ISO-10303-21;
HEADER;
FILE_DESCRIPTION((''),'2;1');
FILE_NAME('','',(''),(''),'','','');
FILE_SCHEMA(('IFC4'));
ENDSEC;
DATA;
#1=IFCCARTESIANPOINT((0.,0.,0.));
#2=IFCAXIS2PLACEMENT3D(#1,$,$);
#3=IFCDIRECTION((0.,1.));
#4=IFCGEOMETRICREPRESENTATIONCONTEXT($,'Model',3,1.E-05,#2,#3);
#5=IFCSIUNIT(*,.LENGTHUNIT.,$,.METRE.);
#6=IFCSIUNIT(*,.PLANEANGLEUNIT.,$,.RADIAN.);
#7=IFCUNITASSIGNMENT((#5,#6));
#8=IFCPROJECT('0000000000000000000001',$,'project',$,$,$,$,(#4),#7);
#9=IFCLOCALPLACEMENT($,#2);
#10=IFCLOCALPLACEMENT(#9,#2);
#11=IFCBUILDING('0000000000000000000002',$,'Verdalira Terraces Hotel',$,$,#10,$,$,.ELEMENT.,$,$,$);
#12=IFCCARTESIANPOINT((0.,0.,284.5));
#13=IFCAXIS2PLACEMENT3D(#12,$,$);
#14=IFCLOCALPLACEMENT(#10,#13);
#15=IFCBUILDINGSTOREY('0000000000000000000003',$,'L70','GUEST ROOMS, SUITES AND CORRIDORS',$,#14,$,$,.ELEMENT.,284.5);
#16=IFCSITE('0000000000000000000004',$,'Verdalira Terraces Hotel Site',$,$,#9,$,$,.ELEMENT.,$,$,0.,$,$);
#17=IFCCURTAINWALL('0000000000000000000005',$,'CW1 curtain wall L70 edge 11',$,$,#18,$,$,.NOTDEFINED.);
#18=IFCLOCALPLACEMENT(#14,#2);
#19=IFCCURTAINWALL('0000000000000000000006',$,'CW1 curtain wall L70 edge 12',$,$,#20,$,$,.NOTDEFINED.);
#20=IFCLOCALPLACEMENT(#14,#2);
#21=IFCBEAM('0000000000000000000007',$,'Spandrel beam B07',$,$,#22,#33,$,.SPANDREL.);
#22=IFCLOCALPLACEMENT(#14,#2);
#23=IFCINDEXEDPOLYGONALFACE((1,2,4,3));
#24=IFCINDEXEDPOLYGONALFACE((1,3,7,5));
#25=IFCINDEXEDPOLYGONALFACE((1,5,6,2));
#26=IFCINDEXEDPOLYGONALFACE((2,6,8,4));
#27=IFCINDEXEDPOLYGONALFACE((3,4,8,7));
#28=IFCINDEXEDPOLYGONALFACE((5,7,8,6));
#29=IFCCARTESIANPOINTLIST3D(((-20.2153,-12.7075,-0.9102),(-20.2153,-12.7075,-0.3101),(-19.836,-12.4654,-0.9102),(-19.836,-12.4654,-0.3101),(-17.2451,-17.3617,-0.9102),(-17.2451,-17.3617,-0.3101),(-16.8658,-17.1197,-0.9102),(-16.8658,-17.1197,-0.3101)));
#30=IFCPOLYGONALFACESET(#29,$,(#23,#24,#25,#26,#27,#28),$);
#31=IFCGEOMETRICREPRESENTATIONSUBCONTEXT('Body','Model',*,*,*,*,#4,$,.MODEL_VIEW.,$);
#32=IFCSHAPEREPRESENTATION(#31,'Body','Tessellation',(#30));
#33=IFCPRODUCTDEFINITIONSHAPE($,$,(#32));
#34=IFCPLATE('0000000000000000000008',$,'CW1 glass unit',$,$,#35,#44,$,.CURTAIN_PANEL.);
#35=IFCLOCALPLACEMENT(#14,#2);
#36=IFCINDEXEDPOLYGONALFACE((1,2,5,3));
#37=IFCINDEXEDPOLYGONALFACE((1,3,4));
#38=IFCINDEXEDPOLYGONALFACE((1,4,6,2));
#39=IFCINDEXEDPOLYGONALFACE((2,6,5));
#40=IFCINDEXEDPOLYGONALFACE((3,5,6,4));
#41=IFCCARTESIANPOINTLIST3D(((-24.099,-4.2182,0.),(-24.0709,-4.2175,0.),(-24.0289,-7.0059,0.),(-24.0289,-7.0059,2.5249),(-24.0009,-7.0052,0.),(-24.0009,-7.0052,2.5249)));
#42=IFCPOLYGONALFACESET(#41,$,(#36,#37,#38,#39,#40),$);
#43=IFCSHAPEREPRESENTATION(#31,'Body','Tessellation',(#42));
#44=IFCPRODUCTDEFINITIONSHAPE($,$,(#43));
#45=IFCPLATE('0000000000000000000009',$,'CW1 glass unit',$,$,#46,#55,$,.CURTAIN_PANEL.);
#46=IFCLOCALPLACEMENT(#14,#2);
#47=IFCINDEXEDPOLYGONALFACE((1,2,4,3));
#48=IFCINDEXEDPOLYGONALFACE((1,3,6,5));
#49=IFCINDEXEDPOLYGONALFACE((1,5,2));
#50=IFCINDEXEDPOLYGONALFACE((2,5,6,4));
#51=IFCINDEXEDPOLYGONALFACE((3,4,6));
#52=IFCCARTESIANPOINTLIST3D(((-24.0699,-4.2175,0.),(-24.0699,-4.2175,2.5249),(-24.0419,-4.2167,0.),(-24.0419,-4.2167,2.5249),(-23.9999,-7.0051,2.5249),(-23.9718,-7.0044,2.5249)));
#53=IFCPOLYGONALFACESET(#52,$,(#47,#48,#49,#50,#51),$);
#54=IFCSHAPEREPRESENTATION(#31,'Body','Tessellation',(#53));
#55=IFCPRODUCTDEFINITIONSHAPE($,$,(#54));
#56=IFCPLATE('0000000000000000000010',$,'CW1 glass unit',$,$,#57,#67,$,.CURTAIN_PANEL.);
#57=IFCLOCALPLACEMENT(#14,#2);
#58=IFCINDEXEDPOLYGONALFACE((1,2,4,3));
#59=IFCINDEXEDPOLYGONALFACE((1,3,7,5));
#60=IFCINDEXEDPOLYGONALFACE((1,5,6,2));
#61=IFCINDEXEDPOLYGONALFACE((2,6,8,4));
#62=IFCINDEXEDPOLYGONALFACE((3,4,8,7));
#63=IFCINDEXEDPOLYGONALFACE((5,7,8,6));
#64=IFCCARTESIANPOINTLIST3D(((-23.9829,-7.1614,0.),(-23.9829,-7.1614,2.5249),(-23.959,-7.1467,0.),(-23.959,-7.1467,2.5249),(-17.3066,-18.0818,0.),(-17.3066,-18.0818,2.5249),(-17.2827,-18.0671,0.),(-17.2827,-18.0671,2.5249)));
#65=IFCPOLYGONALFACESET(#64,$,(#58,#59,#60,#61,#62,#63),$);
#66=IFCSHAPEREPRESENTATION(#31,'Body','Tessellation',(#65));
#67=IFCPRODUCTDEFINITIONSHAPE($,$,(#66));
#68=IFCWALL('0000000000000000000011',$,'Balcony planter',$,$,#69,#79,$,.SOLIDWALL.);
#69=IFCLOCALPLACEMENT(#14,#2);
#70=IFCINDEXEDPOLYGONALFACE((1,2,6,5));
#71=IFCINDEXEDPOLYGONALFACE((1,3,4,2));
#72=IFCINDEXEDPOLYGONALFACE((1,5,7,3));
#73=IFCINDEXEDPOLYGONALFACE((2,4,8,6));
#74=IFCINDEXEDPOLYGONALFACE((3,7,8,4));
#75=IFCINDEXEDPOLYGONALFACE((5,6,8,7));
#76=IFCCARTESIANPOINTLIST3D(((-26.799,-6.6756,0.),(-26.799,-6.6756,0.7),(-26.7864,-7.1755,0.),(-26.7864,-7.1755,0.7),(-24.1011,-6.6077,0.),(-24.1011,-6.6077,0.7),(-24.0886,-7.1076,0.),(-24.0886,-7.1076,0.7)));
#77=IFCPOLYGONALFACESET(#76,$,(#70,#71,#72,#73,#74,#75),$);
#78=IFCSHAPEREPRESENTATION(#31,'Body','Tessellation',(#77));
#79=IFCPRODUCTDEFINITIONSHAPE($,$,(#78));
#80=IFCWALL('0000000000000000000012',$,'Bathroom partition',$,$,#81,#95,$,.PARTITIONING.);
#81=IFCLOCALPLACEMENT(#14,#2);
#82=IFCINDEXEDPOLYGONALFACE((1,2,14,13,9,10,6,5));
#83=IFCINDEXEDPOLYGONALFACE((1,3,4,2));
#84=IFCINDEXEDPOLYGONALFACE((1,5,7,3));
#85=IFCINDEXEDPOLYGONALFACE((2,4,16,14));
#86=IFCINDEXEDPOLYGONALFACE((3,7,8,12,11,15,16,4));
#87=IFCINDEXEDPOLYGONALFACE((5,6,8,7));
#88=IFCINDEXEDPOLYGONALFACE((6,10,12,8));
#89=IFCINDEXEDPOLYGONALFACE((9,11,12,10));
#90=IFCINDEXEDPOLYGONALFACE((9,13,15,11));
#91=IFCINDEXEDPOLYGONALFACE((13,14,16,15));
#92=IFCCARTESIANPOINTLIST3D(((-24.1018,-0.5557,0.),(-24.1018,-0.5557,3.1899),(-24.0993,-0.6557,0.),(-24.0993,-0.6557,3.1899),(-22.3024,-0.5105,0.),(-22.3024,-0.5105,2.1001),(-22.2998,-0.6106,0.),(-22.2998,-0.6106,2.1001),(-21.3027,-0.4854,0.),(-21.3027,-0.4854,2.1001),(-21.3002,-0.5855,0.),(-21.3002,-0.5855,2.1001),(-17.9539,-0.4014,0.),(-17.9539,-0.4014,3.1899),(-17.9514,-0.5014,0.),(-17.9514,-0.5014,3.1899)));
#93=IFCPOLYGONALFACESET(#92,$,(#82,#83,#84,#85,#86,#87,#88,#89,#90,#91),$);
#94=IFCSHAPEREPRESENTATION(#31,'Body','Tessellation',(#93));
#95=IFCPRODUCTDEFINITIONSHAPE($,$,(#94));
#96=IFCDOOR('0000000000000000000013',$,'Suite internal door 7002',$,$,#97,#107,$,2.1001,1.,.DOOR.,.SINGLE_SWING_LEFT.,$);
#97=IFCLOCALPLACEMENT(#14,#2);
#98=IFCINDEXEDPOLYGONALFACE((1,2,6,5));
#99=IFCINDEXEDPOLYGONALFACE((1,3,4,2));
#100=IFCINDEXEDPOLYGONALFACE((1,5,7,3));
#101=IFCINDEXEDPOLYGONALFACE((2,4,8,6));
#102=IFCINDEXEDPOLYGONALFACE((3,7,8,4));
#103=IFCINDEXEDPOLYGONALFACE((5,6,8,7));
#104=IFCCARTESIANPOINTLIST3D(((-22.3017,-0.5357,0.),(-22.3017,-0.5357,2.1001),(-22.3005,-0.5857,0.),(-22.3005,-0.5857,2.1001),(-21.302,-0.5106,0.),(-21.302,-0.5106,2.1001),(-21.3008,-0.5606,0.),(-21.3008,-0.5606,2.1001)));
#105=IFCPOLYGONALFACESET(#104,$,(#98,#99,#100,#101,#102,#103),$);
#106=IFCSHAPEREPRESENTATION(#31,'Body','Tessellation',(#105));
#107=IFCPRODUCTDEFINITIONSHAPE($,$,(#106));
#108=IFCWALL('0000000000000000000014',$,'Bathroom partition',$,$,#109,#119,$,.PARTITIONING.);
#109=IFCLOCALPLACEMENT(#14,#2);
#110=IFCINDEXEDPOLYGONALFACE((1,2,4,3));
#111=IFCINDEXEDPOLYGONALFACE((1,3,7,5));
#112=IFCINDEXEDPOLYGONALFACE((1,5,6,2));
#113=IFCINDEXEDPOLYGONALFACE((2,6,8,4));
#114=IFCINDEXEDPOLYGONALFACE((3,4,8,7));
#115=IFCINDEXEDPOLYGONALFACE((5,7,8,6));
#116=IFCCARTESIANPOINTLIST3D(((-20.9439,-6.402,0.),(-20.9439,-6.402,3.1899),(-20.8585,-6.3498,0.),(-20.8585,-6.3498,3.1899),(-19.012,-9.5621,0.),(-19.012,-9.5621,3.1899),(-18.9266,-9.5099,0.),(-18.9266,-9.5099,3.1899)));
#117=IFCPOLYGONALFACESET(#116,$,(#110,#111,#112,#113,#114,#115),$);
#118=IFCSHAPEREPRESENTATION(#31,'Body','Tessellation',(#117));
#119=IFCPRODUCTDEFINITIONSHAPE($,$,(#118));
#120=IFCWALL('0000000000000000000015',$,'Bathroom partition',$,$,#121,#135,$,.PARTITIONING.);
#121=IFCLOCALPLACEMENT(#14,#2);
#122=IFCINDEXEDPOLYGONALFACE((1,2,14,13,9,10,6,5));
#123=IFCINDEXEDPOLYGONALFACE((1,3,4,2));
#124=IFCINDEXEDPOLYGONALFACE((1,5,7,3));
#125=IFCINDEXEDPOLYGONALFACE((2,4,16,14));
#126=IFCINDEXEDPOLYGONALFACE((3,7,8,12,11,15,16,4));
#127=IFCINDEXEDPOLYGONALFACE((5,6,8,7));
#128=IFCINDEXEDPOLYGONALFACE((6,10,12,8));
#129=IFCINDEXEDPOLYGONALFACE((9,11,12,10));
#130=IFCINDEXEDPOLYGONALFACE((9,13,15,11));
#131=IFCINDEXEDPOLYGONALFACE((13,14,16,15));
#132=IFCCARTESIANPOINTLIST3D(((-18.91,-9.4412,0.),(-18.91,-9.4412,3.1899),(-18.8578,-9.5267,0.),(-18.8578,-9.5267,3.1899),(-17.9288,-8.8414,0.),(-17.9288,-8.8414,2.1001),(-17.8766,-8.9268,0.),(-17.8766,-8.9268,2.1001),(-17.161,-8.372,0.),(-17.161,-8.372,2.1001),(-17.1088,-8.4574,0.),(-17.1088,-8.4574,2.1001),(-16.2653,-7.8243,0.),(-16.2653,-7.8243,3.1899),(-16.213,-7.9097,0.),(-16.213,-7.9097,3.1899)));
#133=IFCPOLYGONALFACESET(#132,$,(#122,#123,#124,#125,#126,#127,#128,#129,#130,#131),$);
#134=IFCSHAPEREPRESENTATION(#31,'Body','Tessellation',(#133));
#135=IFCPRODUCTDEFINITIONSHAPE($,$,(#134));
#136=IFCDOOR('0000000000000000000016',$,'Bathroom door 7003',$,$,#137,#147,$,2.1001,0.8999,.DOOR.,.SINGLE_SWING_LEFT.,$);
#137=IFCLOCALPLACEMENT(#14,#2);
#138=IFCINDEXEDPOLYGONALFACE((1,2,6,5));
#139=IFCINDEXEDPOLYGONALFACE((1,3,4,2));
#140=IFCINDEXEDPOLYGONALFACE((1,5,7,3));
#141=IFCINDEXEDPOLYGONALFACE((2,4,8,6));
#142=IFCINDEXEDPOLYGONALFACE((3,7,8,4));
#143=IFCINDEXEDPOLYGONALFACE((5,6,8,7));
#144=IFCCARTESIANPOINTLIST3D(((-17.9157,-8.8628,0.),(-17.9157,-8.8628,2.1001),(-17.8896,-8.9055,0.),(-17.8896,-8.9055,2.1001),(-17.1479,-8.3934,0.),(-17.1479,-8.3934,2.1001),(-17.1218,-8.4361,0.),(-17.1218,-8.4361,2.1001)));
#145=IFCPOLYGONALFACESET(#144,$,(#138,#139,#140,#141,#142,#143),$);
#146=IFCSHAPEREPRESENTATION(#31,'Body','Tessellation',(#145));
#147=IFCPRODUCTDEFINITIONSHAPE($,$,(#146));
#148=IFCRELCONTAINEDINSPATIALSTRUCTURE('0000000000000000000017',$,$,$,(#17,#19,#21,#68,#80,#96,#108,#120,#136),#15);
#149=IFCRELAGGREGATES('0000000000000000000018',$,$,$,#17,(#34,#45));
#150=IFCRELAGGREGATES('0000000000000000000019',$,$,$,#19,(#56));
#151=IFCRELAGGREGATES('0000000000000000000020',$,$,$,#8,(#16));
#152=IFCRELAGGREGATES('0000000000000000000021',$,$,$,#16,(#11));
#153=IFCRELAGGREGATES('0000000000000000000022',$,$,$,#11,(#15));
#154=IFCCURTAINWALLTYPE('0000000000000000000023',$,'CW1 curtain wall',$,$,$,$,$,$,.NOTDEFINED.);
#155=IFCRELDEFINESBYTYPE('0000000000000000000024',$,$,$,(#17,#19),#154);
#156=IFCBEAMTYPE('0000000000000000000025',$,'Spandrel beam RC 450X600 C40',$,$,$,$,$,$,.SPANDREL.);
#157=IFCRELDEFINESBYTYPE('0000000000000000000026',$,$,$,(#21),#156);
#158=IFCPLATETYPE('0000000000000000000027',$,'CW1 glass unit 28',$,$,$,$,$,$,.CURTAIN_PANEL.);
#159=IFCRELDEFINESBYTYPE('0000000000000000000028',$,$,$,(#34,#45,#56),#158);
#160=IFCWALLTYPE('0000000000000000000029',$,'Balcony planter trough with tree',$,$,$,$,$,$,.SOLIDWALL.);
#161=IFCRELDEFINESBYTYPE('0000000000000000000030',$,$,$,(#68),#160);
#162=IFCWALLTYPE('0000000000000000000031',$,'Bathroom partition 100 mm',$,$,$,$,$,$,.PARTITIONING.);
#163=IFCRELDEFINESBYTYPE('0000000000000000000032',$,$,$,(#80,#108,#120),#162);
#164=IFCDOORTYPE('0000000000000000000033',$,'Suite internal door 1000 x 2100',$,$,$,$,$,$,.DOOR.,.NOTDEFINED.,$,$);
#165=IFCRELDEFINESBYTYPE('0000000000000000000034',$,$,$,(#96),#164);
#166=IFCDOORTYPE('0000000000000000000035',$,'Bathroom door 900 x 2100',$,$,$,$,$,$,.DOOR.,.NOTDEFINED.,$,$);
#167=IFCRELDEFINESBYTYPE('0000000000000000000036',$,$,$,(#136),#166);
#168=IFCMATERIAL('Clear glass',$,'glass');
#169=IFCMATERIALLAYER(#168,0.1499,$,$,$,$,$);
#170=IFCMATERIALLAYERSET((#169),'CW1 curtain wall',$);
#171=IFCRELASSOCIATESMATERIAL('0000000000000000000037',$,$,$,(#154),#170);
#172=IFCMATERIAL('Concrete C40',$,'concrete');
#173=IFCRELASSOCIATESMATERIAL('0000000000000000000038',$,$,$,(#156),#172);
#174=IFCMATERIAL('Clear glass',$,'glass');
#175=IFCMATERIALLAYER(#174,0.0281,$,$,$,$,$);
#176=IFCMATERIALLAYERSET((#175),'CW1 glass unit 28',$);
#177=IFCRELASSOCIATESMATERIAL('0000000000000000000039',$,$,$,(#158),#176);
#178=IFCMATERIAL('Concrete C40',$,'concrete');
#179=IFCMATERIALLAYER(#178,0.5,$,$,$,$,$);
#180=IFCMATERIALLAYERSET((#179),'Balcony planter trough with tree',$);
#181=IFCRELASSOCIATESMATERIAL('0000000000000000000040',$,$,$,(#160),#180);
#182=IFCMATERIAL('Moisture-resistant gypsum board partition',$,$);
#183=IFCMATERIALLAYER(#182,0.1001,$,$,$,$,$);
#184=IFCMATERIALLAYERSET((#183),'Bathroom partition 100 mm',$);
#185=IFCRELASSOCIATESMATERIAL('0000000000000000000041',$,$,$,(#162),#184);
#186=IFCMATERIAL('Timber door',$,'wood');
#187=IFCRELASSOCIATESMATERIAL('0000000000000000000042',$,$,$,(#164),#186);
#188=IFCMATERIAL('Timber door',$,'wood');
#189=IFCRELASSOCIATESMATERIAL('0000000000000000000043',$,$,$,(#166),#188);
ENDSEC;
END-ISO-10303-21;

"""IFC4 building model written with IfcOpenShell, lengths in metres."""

from ifc_helpers import new_model, si_unit, direction, frame, frame_2d, origin, origin_2d, place, context, subcontext, project, spatial, polyline, rectangle, outline, extrude, material, layer, layer_set, material_profile, profile_set, type_object, element, fill, aggregate, save


model = new_model("IFC4")

# Units and contexts
model_context = context("Model", 3, precision=1e-05, world=origin(), true_north=direction((0.0, 1.0)))
body_context = subcontext(model_context, "Body", "Model", "MODEL_VIEW")
ifc_project = project(units=[si_unit("LENGTHUNIT", "METRE"), si_unit("PLANEANGLEUNIT", "RADIAN")], contexts=[model_context])

# Site, building, storey
site_placement = place(None, origin())
site = spatial("IfcSite", under=ifc_project, at=site_placement, Name="Verdalira Terraces Hotel Site", CompositionType="ELEMENT", RefElevation=0.0)
building_placement = place(site_placement, origin())
building = spatial("IfcBuilding", under=site, at=building_placement, Name="Verdalira Terraces Hotel", CompositionType="ELEMENT")
storey_placement = place(building_placement, frame((0.0, 0.0, 284.5)))
storey = spatial("IfcBuildingStorey", under=building, at=storey_placement, Name="L70", Description="GUEST ROOMS, SUITES AND CORRIDORS", CompositionType="ELEMENT", Elevation=284.5)

# Curtain wall
ifc_material_1 = material(Name="Clear glass", Category="glass")
ifc_layer_1 = layer(ifc_material_1, 0.1499)
ifc_layer_set_1 = layer_set([ifc_layer_1], Name="CW1 curtain wall")
curtain_wall_type = type_object("IfcCurtainWallType", Name="CW1 curtain wall", PredefinedType="NOTDEFINED", material=ifc_layer_set_1)
curtain_wall_1_placement = place(storey_placement, origin())
curtain_wall_1 = element("IfcCurtainWall", 1, at=curtain_wall_1_placement, inside=storey, type_object=curtain_wall_type, Name="CW1 curtain wall L70 edge 11", PredefinedType="NOTDEFINED")

# Curtain wall
curtain_wall_2_placement = place(storey_placement, origin())
curtain_wall_2 = element("IfcCurtainWall", 2, at=curtain_wall_2_placement, inside=storey, type_object=curtain_wall_type, Name="CW1 curtain wall L70 edge 12", PredefinedType="NOTDEFINED")

# Beam
ifc_material_2 = material(Name="Concrete C40", Category="concrete")
ifc_material_profile_1 = material_profile(ifc_material_2, rectangle(XDim=0.45, YDim=0.6001, at=origin_2d()), Name="RC 450X600")
ifc_profile_set_1 = profile_set([ifc_material_profile_1], Name="Concrete C40")
beam_type_1 = type_object("IfcBeamType", Name="Spandrel beam RC 450X600 C40", PredefinedType="SPANDREL", material=ifc_profile_set_1)
beam_1_placement = place(storey_placement, frame((-20.0256, -12.5864, -0.6101), z_axis=(0.537957, -0.842973, 0.0), x_axis=(0.842973, 0.537957, 0.0)))
element("IfcBeam", 3, at=beam_1_placement, inside=storey, type_object=beam_type_1, Name="Spandrel beam B07", PredefinedType="SPANDREL", context=body_context, shape_type="SweptSolid", body=[
    extrude(rectangle(XDim=0.45, YDim=0.6001, at=origin_2d()), origin(), (0.0, 0.0, 1.0), 5.5212),
])

# Plates
ifc_material_3 = material(Name="Clear glass", Category="glass")
ifc_layer_2 = layer(ifc_material_3, 0.0281)
ifc_layer_set_2 = layer_set([ifc_layer_2], Name="CW1 glass unit 28")
plate_type = type_object("IfcPlateType", Name="CW1 glass unit 28", PredefinedType="CURTAIN_PANEL", material=ifc_layer_set_2)
plate_1_placement = place(storey_placement, frame((-24.0359, -5.6113, 1.2625), z_axis=(-0.999684, -0.02513, 0.0), x_axis=(0.02513, -0.999684, 0.0)))
plate_1 = element("IfcPlate", 4, at=plate_1_placement, type_object=plate_type, Name="CW1 glass unit", PredefinedType="CURTAIN_PANEL", context=body_context, shape_type="SweptSolid", body=[
    extrude(outline(polyline([(-1.3943, -1.2625), (1.3943, -1.2625), (1.3943, 1.2625), (-1.3943, -1.2625)])), origin(), (0.0, 0.0, 1.0), 0.0281),
])
plate_2_placement = place(storey_placement, frame((-24.0068, -5.6106, 1.2625), z_axis=(-0.999684, -0.02513, 0.0), x_axis=(0.02513, -0.999684, 0.0)))
plate_2 = element("IfcPlate", 5, at=plate_2_placement, type_object=plate_type, Name="CW1 glass unit", PredefinedType="CURTAIN_PANEL", context=body_context, shape_type="SweptSolid", body=[
    extrude(outline(polyline([(-1.3943, -1.2625), (1.3943, 1.2625), (-1.3943, 1.2625), (-1.3943, -1.2625)])), origin(), (0.0, 0.0, 1.0), 0.0281),
])
aggregate(curtain_wall_1, [plate_1, plate_2])
plate_3_placement = place(storey_placement, frame((-20.6328, -12.6143, 0.0), z_axis=(0.0, 0.0, 1.0), x_axis=(0.521605, -0.853187, 0.0)))
plate_3 = element("IfcPlate", 6, at=plate_3_placement, type_object=plate_type, Name="CW1 glass unit", PredefinedType="CURTAIN_PANEL", context=body_context, shape_type="SweptSolid", body=[
    extrude(rectangle(XDim=12.7996, YDim=0.0281, at=origin_2d()), origin(), (0.0, 0.0, 1.0), 2.5249),
])
aggregate(curtain_wall_2, [plate_3])

# Wall
ifc_material_4 = material(Name="Concrete C40", Category="concrete")
ifc_layer_3 = layer(ifc_material_4, 0.5)
ifc_layer_set_3 = layer_set([ifc_layer_3], Name="Balcony planter trough with tree")
wall_type_1 = type_object("IfcWallType", Name="Balcony planter trough with tree", PredefinedType="SOLIDWALL", material=ifc_layer_set_3)
wall_1_placement = place(storey_placement, frame((-26.7927, -6.9255, 0.0), z_axis=(0.0, 0.0, 1.0), x_axis=(0.999684, 0.025148, 0.0)))
element("IfcWall", 7, at=wall_1_placement, inside=storey, type_object=wall_type_1, Name="Balcony planter", PredefinedType="SOLIDWALL", context=body_context, shape_type="SweptSolid", body=[
    extrude(rectangle(XDim=2.6987, YDim=0.5, at=frame_2d((1.3494, 0.0))), origin(), (0.0, 0.0, 1.0), 0.7),
])

# Wall, opening, door
ifc_material_5 = material(Name="Moisture-resistant gypsum board partition")
ifc_layer_4 = layer(ifc_material_5, 0.1001)
ifc_layer_set_4 = layer_set([ifc_layer_4], Name="Bathroom partition 100 mm")
wall_type_2 = type_object("IfcWallType", Name="Bathroom partition 100 mm", PredefinedType="PARTITIONING", material=ifc_layer_set_4)
wall_2_placement = place(storey_placement, frame((-24.1006, -0.6057, 0.0), z_axis=(0.0, 0.0, 1.0), x_axis=(0.999685, 0.025089, 0.0)))
wall_2 = element("IfcWall", 8, at=wall_2_placement, inside=storey, type_object=wall_type_2, Name="Bathroom partition", PredefinedType="PARTITIONING", context=body_context, shape_type="SweptSolid", body=[
    extrude(rectangle(XDim=6.1499, YDim=0.1001, at=frame_2d((3.075, 0.0))), origin(), (0.0, 0.0, 1.0), 3.1899),
])
opening_1_placement = place(wall_2_placement, frame((1.8, 0.0, 0.0)))
opening_1 = element("IfcOpeningElement", 9, at=opening_1_placement, cuts=wall_2, PredefinedType="OPENING", context=body_context, shape_type="SweptSolid", body=[
    extrude(rectangle(XDim=1.0, YDim=2.1001, at=frame_2d((0.5, 1.05))), frame((0.0, 0.0601, 0.0), z_axis=(0.0, -1.0, 0.0), x_axis=(1.0, 0.0, 0.0)), (0.0, 0.0, 1.0), 0.1201),
])
ifc_material_6 = material(Name="Timber door", Category="wood")
door_type_1 = type_object("IfcDoorType", Name="Suite internal door 1000 x 2100", OperationType="NOTDEFINED", PredefinedType="DOOR", material=ifc_material_6)
door_1_placement = place(opening_1_placement, origin())
door_1 = element("IfcDoor", 10, at=door_1_placement, inside=storey, type_object=door_type_1, Name="Suite internal door 7002", OperationType="SINGLE_SWING_LEFT", OverallHeight=2.1001, OverallWidth=1.0, PredefinedType="DOOR", context=body_context, shape_type="SweptSolid", body=[
    extrude(rectangle(XDim=1.0, YDim=2.1001, at=frame_2d((0.5, 1.05))), frame((0.0, 0.0249, 0.0), z_axis=(0.0, -1.0, 0.0), x_axis=(1.0, 0.0, 0.0)), (0.0, 0.0, 1.0), 0.05),
])
fill(opening_1, door_1)

# Wall
wall_3_placement = place(storey_placement, frame((-18.9692, -9.5361, 0.0), z_axis=(0.0, 0.0, 1.0), x_axis=(-0.521583, 0.8532, 0.0)))
element("IfcWall", 11, at=wall_3_placement, inside=storey, type_object=wall_type_2, Name="Bathroom partition", PredefinedType="PARTITIONING", context=body_context, shape_type="SweptSolid", body=[
    extrude(rectangle(XDim=3.7039, YDim=0.1001, at=frame_2d((1.8521, 0.0))), origin(), (0.0, 0.0, 1.0), 3.1899),
])

# Wall, opening, door
wall_4_placement = place(storey_placement, frame((-18.8838, -9.4839, 0.0), z_axis=(0.0, 0.0, 1.0), x_axis=(0.853183, 0.521612, 0.0)))
wall_4 = element("IfcWall", 12, at=wall_4_placement, inside=storey, type_object=wall_type_2, Name="Bathroom partition", PredefinedType="PARTITIONING", context=body_context, shape_type="SweptSolid", body=[
    extrude(rectangle(XDim=3.0999, YDim=0.1001, at=frame_2d((1.5498, 0.0))), origin(), (0.0, 0.0, 1.0), 3.1899),
])
opening_2_placement = place(wall_4_placement, frame((1.1499, 0.0, 0.0)))
opening_2 = element("IfcOpeningElement", 13, at=opening_2_placement, cuts=wall_4, PredefinedType="OPENING", context=body_context, shape_type="SweptSolid", body=[
    extrude(rectangle(XDim=0.8999, YDim=2.1001, at=frame_2d((0.45, 1.05))), frame((0.0, 0.0601, 0.0), z_axis=(0.0, -1.0, 0.0), x_axis=(1.0, 0.0, 0.0)), (0.0, 0.0, 1.0), 0.1201),
])
ifc_material_7 = material(Name="Timber door", Category="wood")
door_type_2 = type_object("IfcDoorType", Name="Bathroom door 900 x 2100", OperationType="NOTDEFINED", PredefinedType="DOOR", material=ifc_material_7)
door_2_placement = place(opening_2_placement, origin())
door_2 = element("IfcDoor", 14, at=door_2_placement, inside=storey, type_object=door_type_2, Name="Bathroom door 7003", OperationType="SINGLE_SWING_LEFT", OverallHeight=2.1001, OverallWidth=0.8999, PredefinedType="DOOR", context=body_context, shape_type="SweptSolid", body=[
    extrude(rectangle(XDim=0.8999, YDim=2.1001, at=frame_2d((0.45, 1.05))), frame((0.0, 0.0249, 0.0), z_axis=(0.0, -1.0, 0.0), x_axis=(1.0, 0.0, 0.0)), (0.0, 0.0, 1.0), 0.05),
])
fill(opening_2, door_2)

save(model, "model.ifc")
